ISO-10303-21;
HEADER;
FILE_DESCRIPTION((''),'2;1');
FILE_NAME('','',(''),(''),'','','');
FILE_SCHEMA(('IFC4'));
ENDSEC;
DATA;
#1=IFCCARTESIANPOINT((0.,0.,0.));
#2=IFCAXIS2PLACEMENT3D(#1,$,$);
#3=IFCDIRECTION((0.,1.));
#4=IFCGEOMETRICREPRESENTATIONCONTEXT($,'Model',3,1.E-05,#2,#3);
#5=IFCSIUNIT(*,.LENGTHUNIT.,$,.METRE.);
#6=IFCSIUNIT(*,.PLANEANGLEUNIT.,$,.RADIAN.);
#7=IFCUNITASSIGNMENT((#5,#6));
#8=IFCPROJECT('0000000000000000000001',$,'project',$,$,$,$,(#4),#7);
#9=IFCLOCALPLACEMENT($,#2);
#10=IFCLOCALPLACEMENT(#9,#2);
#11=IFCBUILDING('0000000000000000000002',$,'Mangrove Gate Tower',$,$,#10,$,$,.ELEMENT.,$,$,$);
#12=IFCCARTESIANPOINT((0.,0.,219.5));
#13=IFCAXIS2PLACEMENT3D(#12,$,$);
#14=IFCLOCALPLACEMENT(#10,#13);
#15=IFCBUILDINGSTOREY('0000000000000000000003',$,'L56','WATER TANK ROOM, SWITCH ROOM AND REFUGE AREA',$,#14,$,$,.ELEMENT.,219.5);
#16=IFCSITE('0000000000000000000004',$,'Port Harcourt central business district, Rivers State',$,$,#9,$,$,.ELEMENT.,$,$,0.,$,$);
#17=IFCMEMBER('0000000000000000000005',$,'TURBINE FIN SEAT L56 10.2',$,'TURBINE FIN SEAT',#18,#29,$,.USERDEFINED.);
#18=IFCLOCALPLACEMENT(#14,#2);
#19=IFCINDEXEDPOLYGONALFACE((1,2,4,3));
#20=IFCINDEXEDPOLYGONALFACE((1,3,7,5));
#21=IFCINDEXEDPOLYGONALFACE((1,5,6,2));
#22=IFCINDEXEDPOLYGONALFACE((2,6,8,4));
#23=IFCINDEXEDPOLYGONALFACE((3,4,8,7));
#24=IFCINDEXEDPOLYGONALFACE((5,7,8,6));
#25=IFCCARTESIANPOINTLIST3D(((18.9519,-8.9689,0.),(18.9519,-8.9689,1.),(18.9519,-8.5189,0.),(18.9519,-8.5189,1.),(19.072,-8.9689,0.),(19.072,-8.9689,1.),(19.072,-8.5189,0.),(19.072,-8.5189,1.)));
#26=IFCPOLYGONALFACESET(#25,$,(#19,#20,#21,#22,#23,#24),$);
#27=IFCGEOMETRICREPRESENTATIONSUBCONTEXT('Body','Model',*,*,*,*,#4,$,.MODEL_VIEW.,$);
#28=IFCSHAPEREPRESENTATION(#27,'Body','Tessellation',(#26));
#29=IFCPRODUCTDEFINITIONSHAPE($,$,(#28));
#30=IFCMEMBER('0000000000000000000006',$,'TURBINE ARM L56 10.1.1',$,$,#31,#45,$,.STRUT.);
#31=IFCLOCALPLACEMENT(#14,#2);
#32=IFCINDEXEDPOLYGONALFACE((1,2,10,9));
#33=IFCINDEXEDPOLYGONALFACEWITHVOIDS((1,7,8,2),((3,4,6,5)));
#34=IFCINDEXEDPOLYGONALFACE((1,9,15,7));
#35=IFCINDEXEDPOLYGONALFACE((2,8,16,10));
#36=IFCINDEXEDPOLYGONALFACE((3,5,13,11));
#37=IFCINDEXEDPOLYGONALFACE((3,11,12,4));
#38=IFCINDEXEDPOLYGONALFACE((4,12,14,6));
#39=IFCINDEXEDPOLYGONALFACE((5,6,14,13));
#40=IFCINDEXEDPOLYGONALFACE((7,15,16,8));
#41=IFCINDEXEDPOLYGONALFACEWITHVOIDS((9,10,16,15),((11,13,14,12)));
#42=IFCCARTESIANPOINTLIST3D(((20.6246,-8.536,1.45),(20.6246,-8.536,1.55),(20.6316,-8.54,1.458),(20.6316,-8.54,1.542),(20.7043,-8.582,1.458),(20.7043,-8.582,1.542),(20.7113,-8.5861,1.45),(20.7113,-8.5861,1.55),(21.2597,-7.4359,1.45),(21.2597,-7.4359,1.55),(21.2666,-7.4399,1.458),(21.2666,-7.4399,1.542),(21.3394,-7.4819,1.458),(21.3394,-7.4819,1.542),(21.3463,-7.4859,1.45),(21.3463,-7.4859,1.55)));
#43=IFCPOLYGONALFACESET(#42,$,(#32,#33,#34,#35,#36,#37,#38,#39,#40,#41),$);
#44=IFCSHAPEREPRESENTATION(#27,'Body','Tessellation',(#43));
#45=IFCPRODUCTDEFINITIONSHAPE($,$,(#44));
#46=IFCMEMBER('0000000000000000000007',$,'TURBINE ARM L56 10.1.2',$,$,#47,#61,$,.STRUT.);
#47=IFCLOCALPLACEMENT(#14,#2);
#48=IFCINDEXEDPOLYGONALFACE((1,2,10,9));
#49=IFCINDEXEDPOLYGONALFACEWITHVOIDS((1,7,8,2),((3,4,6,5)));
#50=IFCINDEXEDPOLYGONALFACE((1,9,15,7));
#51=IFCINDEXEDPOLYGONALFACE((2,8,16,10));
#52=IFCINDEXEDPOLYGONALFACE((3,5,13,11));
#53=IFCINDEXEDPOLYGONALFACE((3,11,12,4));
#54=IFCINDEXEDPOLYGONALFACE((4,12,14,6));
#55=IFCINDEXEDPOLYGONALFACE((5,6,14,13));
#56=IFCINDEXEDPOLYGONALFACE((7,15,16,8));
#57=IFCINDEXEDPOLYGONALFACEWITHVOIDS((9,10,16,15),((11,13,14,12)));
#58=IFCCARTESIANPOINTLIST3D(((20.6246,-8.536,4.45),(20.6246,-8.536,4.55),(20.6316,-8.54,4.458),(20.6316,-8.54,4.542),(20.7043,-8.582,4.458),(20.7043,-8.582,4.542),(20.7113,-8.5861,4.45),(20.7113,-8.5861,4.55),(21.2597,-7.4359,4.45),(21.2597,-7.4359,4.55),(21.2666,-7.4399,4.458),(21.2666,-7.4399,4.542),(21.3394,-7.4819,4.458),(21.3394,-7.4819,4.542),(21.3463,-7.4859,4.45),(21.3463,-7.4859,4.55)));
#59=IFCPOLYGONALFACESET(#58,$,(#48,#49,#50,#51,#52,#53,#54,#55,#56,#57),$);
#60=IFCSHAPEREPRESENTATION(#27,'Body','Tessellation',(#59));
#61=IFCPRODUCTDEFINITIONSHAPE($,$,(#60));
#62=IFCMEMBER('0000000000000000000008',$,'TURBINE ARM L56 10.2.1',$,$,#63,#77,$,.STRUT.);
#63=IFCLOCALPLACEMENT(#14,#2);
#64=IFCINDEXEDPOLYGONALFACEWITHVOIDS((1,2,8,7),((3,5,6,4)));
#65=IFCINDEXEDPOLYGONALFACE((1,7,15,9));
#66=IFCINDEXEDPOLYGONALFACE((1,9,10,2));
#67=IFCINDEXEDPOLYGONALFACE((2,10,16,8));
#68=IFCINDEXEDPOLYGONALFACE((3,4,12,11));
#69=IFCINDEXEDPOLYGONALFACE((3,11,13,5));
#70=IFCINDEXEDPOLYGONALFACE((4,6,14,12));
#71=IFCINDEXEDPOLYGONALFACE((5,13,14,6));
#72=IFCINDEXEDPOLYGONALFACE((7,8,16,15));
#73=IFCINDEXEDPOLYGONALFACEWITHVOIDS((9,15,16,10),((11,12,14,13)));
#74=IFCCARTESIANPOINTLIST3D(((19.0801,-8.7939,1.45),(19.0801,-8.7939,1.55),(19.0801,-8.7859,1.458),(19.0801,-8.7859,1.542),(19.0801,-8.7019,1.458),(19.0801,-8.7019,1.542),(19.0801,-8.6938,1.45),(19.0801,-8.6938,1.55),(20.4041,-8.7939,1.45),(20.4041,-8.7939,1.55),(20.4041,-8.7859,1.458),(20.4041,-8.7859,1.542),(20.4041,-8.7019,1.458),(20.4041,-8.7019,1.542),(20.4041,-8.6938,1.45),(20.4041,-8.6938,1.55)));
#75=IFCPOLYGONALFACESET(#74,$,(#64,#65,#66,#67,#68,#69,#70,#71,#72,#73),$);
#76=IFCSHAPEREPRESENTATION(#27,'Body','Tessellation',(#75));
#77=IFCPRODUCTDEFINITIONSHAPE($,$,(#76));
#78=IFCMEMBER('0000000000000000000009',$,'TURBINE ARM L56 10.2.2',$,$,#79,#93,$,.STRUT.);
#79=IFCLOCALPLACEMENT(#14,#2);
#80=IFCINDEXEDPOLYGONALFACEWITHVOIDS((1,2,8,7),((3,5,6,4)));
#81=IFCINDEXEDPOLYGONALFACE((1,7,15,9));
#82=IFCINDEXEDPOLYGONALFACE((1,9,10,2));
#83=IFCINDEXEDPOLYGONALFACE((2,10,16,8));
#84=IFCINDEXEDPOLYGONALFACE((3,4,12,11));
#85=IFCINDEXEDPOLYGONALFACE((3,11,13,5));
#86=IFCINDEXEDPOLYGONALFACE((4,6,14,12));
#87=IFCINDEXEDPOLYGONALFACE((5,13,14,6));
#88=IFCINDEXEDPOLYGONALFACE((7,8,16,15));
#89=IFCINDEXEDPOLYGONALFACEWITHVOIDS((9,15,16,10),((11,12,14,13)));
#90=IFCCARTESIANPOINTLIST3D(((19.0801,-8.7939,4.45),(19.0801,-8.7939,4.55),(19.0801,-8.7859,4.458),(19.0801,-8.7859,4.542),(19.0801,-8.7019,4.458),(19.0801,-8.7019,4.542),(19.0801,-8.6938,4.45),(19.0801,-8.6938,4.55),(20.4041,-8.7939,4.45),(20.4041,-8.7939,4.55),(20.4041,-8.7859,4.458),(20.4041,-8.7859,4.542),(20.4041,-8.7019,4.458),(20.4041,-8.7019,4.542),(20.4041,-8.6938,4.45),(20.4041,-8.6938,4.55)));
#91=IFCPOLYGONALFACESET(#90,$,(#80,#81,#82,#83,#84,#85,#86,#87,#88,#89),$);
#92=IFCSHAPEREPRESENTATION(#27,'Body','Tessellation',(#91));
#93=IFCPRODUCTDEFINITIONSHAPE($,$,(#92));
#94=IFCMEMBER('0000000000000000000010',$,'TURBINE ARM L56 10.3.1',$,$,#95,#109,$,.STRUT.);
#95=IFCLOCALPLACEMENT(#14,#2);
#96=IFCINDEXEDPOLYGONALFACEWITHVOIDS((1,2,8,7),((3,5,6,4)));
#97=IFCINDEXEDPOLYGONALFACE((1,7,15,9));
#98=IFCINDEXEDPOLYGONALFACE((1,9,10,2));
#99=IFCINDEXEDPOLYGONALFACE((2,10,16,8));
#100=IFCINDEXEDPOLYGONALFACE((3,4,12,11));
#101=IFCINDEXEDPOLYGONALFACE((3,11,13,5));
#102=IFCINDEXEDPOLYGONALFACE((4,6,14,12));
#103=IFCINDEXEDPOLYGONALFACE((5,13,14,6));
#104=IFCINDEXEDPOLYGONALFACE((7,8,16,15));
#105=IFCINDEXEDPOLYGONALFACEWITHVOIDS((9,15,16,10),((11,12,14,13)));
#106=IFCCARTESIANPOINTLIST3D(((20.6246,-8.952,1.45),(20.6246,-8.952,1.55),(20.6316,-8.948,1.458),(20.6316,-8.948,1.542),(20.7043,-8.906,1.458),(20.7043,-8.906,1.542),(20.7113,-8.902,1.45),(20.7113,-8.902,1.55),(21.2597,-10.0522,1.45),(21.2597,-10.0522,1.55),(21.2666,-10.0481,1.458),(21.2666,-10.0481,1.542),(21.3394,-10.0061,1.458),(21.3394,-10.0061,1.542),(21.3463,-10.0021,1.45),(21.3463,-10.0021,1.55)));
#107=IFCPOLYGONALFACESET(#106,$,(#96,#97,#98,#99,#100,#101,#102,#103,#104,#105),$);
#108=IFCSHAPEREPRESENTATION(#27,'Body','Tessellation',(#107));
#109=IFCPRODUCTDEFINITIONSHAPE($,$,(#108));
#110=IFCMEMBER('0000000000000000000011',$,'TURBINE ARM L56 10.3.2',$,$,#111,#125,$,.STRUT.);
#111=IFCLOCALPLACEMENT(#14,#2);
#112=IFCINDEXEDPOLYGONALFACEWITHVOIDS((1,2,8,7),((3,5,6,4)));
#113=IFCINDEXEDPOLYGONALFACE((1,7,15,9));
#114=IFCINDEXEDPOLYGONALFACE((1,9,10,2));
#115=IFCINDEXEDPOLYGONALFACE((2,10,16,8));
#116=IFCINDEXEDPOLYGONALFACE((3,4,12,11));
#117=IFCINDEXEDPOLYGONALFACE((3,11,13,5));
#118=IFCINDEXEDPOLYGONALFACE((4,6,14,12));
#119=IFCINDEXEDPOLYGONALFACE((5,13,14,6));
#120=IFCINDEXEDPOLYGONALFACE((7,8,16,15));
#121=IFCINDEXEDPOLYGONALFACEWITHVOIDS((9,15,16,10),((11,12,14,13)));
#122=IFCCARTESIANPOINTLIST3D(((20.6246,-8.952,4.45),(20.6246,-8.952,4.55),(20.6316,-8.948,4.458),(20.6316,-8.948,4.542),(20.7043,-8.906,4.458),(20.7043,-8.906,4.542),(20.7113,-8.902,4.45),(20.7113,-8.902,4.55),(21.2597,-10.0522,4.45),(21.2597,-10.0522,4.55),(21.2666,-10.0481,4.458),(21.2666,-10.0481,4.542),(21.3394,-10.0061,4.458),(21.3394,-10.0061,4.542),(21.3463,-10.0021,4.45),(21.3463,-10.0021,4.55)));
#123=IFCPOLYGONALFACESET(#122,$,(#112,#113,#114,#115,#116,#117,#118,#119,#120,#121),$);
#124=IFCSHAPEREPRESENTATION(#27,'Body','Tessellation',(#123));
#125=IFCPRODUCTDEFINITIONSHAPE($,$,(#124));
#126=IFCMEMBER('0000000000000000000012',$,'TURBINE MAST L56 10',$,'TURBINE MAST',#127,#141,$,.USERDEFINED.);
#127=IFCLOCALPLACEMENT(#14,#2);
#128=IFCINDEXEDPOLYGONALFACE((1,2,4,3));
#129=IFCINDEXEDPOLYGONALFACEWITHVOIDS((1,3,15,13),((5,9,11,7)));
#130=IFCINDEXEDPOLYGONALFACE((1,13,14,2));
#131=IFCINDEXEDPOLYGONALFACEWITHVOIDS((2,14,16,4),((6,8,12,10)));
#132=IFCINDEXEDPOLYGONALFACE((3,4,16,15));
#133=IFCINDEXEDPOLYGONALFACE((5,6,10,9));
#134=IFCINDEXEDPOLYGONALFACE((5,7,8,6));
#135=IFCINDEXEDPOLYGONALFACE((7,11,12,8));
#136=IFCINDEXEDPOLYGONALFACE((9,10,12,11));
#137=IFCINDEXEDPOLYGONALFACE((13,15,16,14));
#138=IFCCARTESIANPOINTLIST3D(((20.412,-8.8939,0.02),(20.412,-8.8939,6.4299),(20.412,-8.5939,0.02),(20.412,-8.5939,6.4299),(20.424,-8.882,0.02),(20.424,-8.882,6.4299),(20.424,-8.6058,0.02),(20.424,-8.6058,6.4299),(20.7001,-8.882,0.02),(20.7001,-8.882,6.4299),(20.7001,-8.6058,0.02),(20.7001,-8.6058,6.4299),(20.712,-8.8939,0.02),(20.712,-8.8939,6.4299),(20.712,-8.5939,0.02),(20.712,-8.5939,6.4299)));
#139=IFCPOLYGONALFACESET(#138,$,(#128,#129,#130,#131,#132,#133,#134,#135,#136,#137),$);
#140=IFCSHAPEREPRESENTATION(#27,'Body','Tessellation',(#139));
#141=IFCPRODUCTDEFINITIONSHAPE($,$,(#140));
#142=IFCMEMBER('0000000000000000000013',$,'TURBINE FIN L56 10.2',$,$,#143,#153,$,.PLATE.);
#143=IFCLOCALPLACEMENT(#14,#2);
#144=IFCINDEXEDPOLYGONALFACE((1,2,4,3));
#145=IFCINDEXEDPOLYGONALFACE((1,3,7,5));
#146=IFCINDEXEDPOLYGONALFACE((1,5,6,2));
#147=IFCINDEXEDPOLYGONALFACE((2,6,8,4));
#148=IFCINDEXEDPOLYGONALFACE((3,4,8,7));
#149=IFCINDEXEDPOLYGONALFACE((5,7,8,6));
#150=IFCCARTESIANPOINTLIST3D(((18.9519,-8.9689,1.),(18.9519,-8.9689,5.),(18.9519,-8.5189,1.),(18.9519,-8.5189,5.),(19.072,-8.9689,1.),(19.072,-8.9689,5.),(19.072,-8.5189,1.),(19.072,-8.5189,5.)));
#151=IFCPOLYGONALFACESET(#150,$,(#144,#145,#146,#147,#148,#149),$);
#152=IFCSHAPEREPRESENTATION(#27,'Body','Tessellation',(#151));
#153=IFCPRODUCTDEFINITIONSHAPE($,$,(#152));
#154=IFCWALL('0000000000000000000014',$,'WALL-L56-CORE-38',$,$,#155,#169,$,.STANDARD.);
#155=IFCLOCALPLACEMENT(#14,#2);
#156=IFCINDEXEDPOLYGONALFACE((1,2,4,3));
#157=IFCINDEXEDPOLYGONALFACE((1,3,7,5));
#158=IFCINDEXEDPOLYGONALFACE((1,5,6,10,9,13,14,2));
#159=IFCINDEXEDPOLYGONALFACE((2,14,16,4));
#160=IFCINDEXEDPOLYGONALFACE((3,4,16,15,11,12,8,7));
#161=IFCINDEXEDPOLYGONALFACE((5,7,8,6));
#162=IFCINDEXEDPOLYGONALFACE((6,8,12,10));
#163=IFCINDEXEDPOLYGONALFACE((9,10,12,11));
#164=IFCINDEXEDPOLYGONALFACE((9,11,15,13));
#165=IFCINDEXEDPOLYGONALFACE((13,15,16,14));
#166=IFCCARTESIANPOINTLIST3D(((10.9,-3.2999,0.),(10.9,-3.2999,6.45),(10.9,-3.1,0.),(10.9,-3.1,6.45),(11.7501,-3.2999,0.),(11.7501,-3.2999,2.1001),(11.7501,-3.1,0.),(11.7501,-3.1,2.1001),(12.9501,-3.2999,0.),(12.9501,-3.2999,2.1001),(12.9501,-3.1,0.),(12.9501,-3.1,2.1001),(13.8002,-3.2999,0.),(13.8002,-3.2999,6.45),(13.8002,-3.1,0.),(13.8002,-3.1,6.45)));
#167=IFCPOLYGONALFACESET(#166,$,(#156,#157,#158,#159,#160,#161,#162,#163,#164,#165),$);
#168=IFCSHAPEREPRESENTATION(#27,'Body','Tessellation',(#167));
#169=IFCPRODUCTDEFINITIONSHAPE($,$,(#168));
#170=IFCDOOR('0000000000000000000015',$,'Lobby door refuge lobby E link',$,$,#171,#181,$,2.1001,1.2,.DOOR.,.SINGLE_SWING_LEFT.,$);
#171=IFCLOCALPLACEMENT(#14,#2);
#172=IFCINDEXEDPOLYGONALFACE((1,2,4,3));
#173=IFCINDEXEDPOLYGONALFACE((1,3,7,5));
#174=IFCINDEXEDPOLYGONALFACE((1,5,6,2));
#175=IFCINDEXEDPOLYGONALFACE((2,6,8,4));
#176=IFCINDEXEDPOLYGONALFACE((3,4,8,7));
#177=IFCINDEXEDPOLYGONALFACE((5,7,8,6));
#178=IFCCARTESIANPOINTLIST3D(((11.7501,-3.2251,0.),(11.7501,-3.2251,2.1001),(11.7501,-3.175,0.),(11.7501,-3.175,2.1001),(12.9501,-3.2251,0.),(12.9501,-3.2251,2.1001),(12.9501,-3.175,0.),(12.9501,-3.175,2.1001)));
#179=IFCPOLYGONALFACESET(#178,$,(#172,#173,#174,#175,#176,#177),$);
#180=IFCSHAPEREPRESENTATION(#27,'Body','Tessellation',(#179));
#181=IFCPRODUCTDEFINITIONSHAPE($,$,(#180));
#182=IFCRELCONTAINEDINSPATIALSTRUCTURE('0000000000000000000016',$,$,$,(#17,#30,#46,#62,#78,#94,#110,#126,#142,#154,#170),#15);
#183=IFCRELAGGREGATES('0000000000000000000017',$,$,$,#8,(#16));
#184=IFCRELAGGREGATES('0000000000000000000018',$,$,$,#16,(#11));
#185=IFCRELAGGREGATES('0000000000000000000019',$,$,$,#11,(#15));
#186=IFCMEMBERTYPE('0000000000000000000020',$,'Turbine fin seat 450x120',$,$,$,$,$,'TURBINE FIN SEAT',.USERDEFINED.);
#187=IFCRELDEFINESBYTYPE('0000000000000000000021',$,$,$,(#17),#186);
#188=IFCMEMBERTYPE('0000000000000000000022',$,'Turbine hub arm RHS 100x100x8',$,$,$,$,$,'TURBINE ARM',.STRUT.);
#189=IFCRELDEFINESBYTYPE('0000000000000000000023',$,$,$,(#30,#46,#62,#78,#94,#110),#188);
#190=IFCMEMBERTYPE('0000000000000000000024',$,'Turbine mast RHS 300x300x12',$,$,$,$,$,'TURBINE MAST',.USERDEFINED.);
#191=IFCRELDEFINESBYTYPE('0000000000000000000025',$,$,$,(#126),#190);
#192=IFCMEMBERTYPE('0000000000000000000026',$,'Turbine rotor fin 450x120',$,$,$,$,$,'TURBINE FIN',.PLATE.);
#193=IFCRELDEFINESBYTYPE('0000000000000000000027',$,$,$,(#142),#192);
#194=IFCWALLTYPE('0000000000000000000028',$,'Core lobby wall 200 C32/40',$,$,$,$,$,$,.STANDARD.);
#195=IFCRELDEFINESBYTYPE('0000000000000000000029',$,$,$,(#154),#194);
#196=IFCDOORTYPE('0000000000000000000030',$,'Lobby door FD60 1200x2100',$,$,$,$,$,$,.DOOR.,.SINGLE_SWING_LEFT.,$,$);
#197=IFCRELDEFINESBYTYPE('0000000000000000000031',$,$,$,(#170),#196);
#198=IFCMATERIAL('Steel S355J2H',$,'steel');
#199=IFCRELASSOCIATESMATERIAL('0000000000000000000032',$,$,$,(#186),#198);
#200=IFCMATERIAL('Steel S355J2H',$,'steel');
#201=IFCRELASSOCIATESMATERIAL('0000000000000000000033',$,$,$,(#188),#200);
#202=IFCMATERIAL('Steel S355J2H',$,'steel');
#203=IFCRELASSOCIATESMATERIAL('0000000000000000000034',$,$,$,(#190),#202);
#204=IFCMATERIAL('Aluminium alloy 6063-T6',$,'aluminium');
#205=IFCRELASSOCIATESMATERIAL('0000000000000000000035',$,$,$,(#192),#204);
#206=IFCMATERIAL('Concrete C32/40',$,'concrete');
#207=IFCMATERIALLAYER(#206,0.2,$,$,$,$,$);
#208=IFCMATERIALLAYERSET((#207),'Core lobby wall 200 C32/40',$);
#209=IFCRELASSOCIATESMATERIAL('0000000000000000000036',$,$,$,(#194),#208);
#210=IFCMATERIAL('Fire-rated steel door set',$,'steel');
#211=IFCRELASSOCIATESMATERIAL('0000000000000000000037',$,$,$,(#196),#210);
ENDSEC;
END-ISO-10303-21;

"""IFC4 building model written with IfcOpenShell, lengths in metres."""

from ifc_helpers import new_model, si_unit, direction, frame, frame_2d, origin, origin_2d, place, context, subcontext, project, spatial, rectangle, hollow_rectangle, extrude, material, layer, layer_set, material_profile, profile_set, type_object, element, fill, save


model = new_model("IFC4")

# Units and contexts
model_context = context("Model", 3, precision=1e-05, world=origin(), true_north=direction((0.0, 1.0)))
body_context = subcontext(model_context, "Body", "Model", "MODEL_VIEW")
ifc_project = project(units=[si_unit("LENGTHUNIT", "METRE"), si_unit("PLANEANGLEUNIT", "RADIAN")], contexts=[model_context])

# Site, building, storey
site_placement = place(None, origin())
site = spatial("IfcSite", under=ifc_project, at=site_placement, Name="Port Harcourt central business district, Rivers State", CompositionType="ELEMENT", RefElevation=0.0)
building_placement = place(site_placement, origin())
building = spatial("IfcBuilding", under=site, at=building_placement, Name="Mangrove Gate Tower", CompositionType="ELEMENT")
storey_placement = place(building_placement, frame((0.0, 0.0, 219.5)))
storey = spatial("IfcBuildingStorey", under=building, at=storey_placement, Name="L56", Description="WATER TANK ROOM, SWITCH ROOM AND REFUGE AREA", CompositionType="ELEMENT", Elevation=219.5)

# Members
ifc_material_1 = material(Name="Steel S355J2H", Category="steel")
ifc_material_profile_1 = material_profile(ifc_material_1, rectangle(XDim=0.45, YDim=0.1201, at=origin_2d()))
ifc_profile_set_1 = profile_set([ifc_material_profile_1], Name="Steel S355J2H")
member_type_1 = type_object("IfcMemberType", Name="Turbine fin seat 450x120", ElementType="TURBINE FIN SEAT", PredefinedType="USERDEFINED", material=ifc_profile_set_1)
member_1_placement = place(storey_placement, frame((19.012, -8.7439, 0.0), z_axis=(0.0, 0.0, 1.0), x_axis=(0.0, -1.0, 0.0)))
element("IfcMember", 1, at=member_1_placement, inside=storey, type_object=member_type_1, Name="TURBINE FIN SEAT L56 10.2", ObjectType="TURBINE FIN SEAT", PredefinedType="USERDEFINED", context=body_context, shape_type="SweptSolid", body=[
    extrude(rectangle(XDim=0.45, YDim=0.1201, at=origin_2d()), origin(), (0.0, 0.0, 1.0), 1.0),
])
ifc_material_2 = material(Name="Steel S355J2H", Category="steel")
ifc_material_profile_2 = material_profile(ifc_material_2, hollow_rectangle(XDim=0.1001, YDim=0.1001, WallThickness=0.0081, at=origin_2d()))
ifc_profile_set_2 = profile_set([ifc_material_profile_2], Name="Steel S355J2H")
member_type_2 = type_object("IfcMemberType", Name="Turbine hub arm RHS 100x100x8", ElementType="TURBINE ARM", PredefinedType="STRUT", material=ifc_profile_set_2)
for number, where, z_axis, x_axis, name in (
    (2, (20.668, -8.561, 1.5), (0.499922, 0.86607, 0.0), (-0.86607, 0.499922, 0.0), "TURBINE ARM L56 10.1.1"),
    (3, (20.668, -8.561, 4.5), (0.499922, 0.86607, 0.0), (-0.86607, 0.499922, 0.0), "TURBINE ARM L56 10.1.2"),
):
    element("IfcMember", number, at=place(storey_placement, frame(where, z_axis=z_axis, x_axis=x_axis)), inside=storey, type_object=member_type_2, Name=name, PredefinedType="STRUT", context=body_context, shape_type="SweptSolid", body=[
        extrude(hollow_rectangle(XDim=0.1001, YDim=0.1001, WallThickness=0.0081, at=origin_2d()), origin(), (0.0, 0.0, 1.0), 1.2703),
    ])
for number, where, z_axis, x_axis, name in (
    (4, (20.4041, -8.7439, 1.5), (-1.0, 0.0, 0.0), (0.0, -1.0, 0.0), "TURBINE ARM L56 10.2.1"),
    (5, (20.4041, -8.7439, 4.5), (-1.0, 0.0, 0.0), (0.0, -1.0, 0.0), "TURBINE ARM L56 10.2.2"),
):
    element("IfcMember", number, at=place(storey_placement, frame(where, z_axis=z_axis, x_axis=x_axis)), inside=storey, type_object=member_type_2, Name=name, PredefinedType="STRUT", context=body_context, shape_type="SweptSolid", body=[
        extrude(hollow_rectangle(XDim=0.1001, YDim=0.1001, WallThickness=0.0081, at=origin_2d()), origin(), (0.0, 0.0, 1.0), 1.324),
    ])
for number, where, z_axis, x_axis, name in (
    (6, (20.668, -8.927, 1.5), (0.499922, -0.86607, 0.0), (0.86607, 0.499922, 0.0), "TURBINE ARM L56 10.3.1"),
    (7, (20.668, -8.927, 4.5), (0.499922, -0.86607, 0.0), (0.86607, 0.499922, 0.0), "TURBINE ARM L56 10.3.2"),
):
    element("IfcMember", number, at=place(storey_placement, frame(where, z_axis=z_axis, x_axis=x_axis)), inside=storey, type_object=member_type_2, Name=name, PredefinedType="STRUT", context=body_context, shape_type="SweptSolid", body=[
        extrude(hollow_rectangle(XDim=0.1001, YDim=0.1001, WallThickness=0.0081, at=origin_2d()), origin(), (0.0, 0.0, 1.0), 1.2703),
    ])
ifc_material_3 = material(Name="Steel S355J2H", Category="steel")
ifc_material_profile_3 = material_profile(ifc_material_3, hollow_rectangle(XDim=0.3, YDim=0.3, WallThickness=0.012, at=origin_2d()))
ifc_profile_set_3 = profile_set([ifc_material_profile_3], Name="Steel S355J2H")
member_type_3 = type_object("IfcMemberType", Name="Turbine mast RHS 300x300x12", ElementType="TURBINE MAST", PredefinedType="USERDEFINED", material=ifc_profile_set_3)
member_2_placement = place(storey_placement, frame((20.562, -8.7439, 0.02), z_axis=(0.0, 0.0, 1.0), x_axis=(1.0, 0.0, 0.0)))
element("IfcMember", 8, at=member_2_placement, inside=storey, type_object=member_type_3, Name="TURBINE MAST L56 10", ObjectType="TURBINE MAST", PredefinedType="USERDEFINED", context=body_context, shape_type="SweptSolid", body=[
    extrude(hollow_rectangle(XDim=0.3, YDim=0.3, WallThickness=0.012, at=origin_2d()), origin(), (0.0, 0.0, 1.0), 6.4099),
])
ifc_material_4 = material(Name="Aluminium alloy 6063-T6", Category="aluminium")
ifc_material_profile_4 = material_profile(ifc_material_4, rectangle(XDim=0.45, YDim=0.1201, at=origin_2d()))
ifc_profile_set_4 = profile_set([ifc_material_profile_4], Name="Aluminium alloy 6063-T6")
member_type_4 = type_object("IfcMemberType", Name="Turbine rotor fin 450x120", ElementType="TURBINE FIN", PredefinedType="PLATE", material=ifc_profile_set_4)
member_3_placement = place(storey_placement, frame((19.012, -8.7439, 1.0), z_axis=(0.0, 0.0, 1.0), x_axis=(0.0, -1.0, 0.0)))
element("IfcMember", 9, at=member_3_placement, inside=storey, type_object=member_type_4, Name="TURBINE FIN L56 10.2", PredefinedType="PLATE", context=body_context, shape_type="SweptSolid", body=[
    extrude(rectangle(XDim=0.45, YDim=0.1201, at=origin_2d()), origin(), (0.0, 0.0, 1.0), 4.0),
])

# Wall, opening, door
ifc_material_5 = material(Name="Concrete C32/40", Category="concrete")
ifc_layer_1 = layer(ifc_material_5, 0.2)
ifc_layer_set_1 = layer_set([ifc_layer_1], Name="Core lobby wall 200 C32/40")
wall_type_1 = type_object("IfcWallType", Name="Core lobby wall 200 C32/40", PredefinedType="STANDARD", material=ifc_layer_set_1)
wall_1_placement = place(storey_placement, frame((10.8999, -3.2, 0.0), z_axis=(0.0, 0.0, 1.0), x_axis=(1.0, 0.0, 0.0)))
wall_1 = element("IfcWall", 10, at=wall_1_placement, inside=storey, type_object=wall_type_1, Name="WALL-L56-CORE-38", PredefinedType="STANDARD", context=body_context, shape_type="SweptSolid", body=[
    extrude(rectangle(XDim=2.9001, YDim=0.2, at=frame_2d((1.4502, 0.0))), origin(), (0.0, 0.0, 1.0), 6.45),
])
opening_1_placement = place(wall_1_placement, frame((0.8501, 0.0, 0.0)))
opening_1 = element("IfcOpeningElement", 11, at=opening_1_placement, cuts=wall_1, PredefinedType="OPENING", context=body_context, shape_type="SweptSolid", body=[
    extrude(rectangle(XDim=1.2, YDim=2.1001, at=frame_2d((0.6001, 1.05))), frame((0.0, 0.1099, 0.0), z_axis=(0.0, -1.0, 0.0), x_axis=(1.0, 0.0, 0.0)), (0.0, 0.0, 1.0), 0.22),
])
ifc_material_6 = material(Name="Fire-rated steel door set", Category="steel")
door_type_1 = type_object("IfcDoorType", Name="Lobby door FD60 1200x2100", OperationType="SINGLE_SWING_LEFT", PredefinedType="DOOR", material=ifc_material_6)
door_1_placement = place(opening_1_placement, origin())
door_1 = element("IfcDoor", 12, at=door_1_placement, inside=storey, type_object=door_type_1, Name="Lobby door refuge lobby E link", OperationType="SINGLE_SWING_LEFT", OverallHeight=2.1001, OverallWidth=1.2, PredefinedType="DOOR", context=body_context, shape_type="SweptSolid", body=[
    extrude(rectangle(XDim=1.2, YDim=2.1001, at=frame_2d((0.6001, 1.05))), frame((0.0, 0.0249, 0.0), z_axis=(0.0, -1.0, 0.0), x_axis=(1.0, 0.0, 0.0)), (0.0, 0.0, 1.0), 0.05),
])
fill(opening_1, door_1)

save(model, "model.ifc")
